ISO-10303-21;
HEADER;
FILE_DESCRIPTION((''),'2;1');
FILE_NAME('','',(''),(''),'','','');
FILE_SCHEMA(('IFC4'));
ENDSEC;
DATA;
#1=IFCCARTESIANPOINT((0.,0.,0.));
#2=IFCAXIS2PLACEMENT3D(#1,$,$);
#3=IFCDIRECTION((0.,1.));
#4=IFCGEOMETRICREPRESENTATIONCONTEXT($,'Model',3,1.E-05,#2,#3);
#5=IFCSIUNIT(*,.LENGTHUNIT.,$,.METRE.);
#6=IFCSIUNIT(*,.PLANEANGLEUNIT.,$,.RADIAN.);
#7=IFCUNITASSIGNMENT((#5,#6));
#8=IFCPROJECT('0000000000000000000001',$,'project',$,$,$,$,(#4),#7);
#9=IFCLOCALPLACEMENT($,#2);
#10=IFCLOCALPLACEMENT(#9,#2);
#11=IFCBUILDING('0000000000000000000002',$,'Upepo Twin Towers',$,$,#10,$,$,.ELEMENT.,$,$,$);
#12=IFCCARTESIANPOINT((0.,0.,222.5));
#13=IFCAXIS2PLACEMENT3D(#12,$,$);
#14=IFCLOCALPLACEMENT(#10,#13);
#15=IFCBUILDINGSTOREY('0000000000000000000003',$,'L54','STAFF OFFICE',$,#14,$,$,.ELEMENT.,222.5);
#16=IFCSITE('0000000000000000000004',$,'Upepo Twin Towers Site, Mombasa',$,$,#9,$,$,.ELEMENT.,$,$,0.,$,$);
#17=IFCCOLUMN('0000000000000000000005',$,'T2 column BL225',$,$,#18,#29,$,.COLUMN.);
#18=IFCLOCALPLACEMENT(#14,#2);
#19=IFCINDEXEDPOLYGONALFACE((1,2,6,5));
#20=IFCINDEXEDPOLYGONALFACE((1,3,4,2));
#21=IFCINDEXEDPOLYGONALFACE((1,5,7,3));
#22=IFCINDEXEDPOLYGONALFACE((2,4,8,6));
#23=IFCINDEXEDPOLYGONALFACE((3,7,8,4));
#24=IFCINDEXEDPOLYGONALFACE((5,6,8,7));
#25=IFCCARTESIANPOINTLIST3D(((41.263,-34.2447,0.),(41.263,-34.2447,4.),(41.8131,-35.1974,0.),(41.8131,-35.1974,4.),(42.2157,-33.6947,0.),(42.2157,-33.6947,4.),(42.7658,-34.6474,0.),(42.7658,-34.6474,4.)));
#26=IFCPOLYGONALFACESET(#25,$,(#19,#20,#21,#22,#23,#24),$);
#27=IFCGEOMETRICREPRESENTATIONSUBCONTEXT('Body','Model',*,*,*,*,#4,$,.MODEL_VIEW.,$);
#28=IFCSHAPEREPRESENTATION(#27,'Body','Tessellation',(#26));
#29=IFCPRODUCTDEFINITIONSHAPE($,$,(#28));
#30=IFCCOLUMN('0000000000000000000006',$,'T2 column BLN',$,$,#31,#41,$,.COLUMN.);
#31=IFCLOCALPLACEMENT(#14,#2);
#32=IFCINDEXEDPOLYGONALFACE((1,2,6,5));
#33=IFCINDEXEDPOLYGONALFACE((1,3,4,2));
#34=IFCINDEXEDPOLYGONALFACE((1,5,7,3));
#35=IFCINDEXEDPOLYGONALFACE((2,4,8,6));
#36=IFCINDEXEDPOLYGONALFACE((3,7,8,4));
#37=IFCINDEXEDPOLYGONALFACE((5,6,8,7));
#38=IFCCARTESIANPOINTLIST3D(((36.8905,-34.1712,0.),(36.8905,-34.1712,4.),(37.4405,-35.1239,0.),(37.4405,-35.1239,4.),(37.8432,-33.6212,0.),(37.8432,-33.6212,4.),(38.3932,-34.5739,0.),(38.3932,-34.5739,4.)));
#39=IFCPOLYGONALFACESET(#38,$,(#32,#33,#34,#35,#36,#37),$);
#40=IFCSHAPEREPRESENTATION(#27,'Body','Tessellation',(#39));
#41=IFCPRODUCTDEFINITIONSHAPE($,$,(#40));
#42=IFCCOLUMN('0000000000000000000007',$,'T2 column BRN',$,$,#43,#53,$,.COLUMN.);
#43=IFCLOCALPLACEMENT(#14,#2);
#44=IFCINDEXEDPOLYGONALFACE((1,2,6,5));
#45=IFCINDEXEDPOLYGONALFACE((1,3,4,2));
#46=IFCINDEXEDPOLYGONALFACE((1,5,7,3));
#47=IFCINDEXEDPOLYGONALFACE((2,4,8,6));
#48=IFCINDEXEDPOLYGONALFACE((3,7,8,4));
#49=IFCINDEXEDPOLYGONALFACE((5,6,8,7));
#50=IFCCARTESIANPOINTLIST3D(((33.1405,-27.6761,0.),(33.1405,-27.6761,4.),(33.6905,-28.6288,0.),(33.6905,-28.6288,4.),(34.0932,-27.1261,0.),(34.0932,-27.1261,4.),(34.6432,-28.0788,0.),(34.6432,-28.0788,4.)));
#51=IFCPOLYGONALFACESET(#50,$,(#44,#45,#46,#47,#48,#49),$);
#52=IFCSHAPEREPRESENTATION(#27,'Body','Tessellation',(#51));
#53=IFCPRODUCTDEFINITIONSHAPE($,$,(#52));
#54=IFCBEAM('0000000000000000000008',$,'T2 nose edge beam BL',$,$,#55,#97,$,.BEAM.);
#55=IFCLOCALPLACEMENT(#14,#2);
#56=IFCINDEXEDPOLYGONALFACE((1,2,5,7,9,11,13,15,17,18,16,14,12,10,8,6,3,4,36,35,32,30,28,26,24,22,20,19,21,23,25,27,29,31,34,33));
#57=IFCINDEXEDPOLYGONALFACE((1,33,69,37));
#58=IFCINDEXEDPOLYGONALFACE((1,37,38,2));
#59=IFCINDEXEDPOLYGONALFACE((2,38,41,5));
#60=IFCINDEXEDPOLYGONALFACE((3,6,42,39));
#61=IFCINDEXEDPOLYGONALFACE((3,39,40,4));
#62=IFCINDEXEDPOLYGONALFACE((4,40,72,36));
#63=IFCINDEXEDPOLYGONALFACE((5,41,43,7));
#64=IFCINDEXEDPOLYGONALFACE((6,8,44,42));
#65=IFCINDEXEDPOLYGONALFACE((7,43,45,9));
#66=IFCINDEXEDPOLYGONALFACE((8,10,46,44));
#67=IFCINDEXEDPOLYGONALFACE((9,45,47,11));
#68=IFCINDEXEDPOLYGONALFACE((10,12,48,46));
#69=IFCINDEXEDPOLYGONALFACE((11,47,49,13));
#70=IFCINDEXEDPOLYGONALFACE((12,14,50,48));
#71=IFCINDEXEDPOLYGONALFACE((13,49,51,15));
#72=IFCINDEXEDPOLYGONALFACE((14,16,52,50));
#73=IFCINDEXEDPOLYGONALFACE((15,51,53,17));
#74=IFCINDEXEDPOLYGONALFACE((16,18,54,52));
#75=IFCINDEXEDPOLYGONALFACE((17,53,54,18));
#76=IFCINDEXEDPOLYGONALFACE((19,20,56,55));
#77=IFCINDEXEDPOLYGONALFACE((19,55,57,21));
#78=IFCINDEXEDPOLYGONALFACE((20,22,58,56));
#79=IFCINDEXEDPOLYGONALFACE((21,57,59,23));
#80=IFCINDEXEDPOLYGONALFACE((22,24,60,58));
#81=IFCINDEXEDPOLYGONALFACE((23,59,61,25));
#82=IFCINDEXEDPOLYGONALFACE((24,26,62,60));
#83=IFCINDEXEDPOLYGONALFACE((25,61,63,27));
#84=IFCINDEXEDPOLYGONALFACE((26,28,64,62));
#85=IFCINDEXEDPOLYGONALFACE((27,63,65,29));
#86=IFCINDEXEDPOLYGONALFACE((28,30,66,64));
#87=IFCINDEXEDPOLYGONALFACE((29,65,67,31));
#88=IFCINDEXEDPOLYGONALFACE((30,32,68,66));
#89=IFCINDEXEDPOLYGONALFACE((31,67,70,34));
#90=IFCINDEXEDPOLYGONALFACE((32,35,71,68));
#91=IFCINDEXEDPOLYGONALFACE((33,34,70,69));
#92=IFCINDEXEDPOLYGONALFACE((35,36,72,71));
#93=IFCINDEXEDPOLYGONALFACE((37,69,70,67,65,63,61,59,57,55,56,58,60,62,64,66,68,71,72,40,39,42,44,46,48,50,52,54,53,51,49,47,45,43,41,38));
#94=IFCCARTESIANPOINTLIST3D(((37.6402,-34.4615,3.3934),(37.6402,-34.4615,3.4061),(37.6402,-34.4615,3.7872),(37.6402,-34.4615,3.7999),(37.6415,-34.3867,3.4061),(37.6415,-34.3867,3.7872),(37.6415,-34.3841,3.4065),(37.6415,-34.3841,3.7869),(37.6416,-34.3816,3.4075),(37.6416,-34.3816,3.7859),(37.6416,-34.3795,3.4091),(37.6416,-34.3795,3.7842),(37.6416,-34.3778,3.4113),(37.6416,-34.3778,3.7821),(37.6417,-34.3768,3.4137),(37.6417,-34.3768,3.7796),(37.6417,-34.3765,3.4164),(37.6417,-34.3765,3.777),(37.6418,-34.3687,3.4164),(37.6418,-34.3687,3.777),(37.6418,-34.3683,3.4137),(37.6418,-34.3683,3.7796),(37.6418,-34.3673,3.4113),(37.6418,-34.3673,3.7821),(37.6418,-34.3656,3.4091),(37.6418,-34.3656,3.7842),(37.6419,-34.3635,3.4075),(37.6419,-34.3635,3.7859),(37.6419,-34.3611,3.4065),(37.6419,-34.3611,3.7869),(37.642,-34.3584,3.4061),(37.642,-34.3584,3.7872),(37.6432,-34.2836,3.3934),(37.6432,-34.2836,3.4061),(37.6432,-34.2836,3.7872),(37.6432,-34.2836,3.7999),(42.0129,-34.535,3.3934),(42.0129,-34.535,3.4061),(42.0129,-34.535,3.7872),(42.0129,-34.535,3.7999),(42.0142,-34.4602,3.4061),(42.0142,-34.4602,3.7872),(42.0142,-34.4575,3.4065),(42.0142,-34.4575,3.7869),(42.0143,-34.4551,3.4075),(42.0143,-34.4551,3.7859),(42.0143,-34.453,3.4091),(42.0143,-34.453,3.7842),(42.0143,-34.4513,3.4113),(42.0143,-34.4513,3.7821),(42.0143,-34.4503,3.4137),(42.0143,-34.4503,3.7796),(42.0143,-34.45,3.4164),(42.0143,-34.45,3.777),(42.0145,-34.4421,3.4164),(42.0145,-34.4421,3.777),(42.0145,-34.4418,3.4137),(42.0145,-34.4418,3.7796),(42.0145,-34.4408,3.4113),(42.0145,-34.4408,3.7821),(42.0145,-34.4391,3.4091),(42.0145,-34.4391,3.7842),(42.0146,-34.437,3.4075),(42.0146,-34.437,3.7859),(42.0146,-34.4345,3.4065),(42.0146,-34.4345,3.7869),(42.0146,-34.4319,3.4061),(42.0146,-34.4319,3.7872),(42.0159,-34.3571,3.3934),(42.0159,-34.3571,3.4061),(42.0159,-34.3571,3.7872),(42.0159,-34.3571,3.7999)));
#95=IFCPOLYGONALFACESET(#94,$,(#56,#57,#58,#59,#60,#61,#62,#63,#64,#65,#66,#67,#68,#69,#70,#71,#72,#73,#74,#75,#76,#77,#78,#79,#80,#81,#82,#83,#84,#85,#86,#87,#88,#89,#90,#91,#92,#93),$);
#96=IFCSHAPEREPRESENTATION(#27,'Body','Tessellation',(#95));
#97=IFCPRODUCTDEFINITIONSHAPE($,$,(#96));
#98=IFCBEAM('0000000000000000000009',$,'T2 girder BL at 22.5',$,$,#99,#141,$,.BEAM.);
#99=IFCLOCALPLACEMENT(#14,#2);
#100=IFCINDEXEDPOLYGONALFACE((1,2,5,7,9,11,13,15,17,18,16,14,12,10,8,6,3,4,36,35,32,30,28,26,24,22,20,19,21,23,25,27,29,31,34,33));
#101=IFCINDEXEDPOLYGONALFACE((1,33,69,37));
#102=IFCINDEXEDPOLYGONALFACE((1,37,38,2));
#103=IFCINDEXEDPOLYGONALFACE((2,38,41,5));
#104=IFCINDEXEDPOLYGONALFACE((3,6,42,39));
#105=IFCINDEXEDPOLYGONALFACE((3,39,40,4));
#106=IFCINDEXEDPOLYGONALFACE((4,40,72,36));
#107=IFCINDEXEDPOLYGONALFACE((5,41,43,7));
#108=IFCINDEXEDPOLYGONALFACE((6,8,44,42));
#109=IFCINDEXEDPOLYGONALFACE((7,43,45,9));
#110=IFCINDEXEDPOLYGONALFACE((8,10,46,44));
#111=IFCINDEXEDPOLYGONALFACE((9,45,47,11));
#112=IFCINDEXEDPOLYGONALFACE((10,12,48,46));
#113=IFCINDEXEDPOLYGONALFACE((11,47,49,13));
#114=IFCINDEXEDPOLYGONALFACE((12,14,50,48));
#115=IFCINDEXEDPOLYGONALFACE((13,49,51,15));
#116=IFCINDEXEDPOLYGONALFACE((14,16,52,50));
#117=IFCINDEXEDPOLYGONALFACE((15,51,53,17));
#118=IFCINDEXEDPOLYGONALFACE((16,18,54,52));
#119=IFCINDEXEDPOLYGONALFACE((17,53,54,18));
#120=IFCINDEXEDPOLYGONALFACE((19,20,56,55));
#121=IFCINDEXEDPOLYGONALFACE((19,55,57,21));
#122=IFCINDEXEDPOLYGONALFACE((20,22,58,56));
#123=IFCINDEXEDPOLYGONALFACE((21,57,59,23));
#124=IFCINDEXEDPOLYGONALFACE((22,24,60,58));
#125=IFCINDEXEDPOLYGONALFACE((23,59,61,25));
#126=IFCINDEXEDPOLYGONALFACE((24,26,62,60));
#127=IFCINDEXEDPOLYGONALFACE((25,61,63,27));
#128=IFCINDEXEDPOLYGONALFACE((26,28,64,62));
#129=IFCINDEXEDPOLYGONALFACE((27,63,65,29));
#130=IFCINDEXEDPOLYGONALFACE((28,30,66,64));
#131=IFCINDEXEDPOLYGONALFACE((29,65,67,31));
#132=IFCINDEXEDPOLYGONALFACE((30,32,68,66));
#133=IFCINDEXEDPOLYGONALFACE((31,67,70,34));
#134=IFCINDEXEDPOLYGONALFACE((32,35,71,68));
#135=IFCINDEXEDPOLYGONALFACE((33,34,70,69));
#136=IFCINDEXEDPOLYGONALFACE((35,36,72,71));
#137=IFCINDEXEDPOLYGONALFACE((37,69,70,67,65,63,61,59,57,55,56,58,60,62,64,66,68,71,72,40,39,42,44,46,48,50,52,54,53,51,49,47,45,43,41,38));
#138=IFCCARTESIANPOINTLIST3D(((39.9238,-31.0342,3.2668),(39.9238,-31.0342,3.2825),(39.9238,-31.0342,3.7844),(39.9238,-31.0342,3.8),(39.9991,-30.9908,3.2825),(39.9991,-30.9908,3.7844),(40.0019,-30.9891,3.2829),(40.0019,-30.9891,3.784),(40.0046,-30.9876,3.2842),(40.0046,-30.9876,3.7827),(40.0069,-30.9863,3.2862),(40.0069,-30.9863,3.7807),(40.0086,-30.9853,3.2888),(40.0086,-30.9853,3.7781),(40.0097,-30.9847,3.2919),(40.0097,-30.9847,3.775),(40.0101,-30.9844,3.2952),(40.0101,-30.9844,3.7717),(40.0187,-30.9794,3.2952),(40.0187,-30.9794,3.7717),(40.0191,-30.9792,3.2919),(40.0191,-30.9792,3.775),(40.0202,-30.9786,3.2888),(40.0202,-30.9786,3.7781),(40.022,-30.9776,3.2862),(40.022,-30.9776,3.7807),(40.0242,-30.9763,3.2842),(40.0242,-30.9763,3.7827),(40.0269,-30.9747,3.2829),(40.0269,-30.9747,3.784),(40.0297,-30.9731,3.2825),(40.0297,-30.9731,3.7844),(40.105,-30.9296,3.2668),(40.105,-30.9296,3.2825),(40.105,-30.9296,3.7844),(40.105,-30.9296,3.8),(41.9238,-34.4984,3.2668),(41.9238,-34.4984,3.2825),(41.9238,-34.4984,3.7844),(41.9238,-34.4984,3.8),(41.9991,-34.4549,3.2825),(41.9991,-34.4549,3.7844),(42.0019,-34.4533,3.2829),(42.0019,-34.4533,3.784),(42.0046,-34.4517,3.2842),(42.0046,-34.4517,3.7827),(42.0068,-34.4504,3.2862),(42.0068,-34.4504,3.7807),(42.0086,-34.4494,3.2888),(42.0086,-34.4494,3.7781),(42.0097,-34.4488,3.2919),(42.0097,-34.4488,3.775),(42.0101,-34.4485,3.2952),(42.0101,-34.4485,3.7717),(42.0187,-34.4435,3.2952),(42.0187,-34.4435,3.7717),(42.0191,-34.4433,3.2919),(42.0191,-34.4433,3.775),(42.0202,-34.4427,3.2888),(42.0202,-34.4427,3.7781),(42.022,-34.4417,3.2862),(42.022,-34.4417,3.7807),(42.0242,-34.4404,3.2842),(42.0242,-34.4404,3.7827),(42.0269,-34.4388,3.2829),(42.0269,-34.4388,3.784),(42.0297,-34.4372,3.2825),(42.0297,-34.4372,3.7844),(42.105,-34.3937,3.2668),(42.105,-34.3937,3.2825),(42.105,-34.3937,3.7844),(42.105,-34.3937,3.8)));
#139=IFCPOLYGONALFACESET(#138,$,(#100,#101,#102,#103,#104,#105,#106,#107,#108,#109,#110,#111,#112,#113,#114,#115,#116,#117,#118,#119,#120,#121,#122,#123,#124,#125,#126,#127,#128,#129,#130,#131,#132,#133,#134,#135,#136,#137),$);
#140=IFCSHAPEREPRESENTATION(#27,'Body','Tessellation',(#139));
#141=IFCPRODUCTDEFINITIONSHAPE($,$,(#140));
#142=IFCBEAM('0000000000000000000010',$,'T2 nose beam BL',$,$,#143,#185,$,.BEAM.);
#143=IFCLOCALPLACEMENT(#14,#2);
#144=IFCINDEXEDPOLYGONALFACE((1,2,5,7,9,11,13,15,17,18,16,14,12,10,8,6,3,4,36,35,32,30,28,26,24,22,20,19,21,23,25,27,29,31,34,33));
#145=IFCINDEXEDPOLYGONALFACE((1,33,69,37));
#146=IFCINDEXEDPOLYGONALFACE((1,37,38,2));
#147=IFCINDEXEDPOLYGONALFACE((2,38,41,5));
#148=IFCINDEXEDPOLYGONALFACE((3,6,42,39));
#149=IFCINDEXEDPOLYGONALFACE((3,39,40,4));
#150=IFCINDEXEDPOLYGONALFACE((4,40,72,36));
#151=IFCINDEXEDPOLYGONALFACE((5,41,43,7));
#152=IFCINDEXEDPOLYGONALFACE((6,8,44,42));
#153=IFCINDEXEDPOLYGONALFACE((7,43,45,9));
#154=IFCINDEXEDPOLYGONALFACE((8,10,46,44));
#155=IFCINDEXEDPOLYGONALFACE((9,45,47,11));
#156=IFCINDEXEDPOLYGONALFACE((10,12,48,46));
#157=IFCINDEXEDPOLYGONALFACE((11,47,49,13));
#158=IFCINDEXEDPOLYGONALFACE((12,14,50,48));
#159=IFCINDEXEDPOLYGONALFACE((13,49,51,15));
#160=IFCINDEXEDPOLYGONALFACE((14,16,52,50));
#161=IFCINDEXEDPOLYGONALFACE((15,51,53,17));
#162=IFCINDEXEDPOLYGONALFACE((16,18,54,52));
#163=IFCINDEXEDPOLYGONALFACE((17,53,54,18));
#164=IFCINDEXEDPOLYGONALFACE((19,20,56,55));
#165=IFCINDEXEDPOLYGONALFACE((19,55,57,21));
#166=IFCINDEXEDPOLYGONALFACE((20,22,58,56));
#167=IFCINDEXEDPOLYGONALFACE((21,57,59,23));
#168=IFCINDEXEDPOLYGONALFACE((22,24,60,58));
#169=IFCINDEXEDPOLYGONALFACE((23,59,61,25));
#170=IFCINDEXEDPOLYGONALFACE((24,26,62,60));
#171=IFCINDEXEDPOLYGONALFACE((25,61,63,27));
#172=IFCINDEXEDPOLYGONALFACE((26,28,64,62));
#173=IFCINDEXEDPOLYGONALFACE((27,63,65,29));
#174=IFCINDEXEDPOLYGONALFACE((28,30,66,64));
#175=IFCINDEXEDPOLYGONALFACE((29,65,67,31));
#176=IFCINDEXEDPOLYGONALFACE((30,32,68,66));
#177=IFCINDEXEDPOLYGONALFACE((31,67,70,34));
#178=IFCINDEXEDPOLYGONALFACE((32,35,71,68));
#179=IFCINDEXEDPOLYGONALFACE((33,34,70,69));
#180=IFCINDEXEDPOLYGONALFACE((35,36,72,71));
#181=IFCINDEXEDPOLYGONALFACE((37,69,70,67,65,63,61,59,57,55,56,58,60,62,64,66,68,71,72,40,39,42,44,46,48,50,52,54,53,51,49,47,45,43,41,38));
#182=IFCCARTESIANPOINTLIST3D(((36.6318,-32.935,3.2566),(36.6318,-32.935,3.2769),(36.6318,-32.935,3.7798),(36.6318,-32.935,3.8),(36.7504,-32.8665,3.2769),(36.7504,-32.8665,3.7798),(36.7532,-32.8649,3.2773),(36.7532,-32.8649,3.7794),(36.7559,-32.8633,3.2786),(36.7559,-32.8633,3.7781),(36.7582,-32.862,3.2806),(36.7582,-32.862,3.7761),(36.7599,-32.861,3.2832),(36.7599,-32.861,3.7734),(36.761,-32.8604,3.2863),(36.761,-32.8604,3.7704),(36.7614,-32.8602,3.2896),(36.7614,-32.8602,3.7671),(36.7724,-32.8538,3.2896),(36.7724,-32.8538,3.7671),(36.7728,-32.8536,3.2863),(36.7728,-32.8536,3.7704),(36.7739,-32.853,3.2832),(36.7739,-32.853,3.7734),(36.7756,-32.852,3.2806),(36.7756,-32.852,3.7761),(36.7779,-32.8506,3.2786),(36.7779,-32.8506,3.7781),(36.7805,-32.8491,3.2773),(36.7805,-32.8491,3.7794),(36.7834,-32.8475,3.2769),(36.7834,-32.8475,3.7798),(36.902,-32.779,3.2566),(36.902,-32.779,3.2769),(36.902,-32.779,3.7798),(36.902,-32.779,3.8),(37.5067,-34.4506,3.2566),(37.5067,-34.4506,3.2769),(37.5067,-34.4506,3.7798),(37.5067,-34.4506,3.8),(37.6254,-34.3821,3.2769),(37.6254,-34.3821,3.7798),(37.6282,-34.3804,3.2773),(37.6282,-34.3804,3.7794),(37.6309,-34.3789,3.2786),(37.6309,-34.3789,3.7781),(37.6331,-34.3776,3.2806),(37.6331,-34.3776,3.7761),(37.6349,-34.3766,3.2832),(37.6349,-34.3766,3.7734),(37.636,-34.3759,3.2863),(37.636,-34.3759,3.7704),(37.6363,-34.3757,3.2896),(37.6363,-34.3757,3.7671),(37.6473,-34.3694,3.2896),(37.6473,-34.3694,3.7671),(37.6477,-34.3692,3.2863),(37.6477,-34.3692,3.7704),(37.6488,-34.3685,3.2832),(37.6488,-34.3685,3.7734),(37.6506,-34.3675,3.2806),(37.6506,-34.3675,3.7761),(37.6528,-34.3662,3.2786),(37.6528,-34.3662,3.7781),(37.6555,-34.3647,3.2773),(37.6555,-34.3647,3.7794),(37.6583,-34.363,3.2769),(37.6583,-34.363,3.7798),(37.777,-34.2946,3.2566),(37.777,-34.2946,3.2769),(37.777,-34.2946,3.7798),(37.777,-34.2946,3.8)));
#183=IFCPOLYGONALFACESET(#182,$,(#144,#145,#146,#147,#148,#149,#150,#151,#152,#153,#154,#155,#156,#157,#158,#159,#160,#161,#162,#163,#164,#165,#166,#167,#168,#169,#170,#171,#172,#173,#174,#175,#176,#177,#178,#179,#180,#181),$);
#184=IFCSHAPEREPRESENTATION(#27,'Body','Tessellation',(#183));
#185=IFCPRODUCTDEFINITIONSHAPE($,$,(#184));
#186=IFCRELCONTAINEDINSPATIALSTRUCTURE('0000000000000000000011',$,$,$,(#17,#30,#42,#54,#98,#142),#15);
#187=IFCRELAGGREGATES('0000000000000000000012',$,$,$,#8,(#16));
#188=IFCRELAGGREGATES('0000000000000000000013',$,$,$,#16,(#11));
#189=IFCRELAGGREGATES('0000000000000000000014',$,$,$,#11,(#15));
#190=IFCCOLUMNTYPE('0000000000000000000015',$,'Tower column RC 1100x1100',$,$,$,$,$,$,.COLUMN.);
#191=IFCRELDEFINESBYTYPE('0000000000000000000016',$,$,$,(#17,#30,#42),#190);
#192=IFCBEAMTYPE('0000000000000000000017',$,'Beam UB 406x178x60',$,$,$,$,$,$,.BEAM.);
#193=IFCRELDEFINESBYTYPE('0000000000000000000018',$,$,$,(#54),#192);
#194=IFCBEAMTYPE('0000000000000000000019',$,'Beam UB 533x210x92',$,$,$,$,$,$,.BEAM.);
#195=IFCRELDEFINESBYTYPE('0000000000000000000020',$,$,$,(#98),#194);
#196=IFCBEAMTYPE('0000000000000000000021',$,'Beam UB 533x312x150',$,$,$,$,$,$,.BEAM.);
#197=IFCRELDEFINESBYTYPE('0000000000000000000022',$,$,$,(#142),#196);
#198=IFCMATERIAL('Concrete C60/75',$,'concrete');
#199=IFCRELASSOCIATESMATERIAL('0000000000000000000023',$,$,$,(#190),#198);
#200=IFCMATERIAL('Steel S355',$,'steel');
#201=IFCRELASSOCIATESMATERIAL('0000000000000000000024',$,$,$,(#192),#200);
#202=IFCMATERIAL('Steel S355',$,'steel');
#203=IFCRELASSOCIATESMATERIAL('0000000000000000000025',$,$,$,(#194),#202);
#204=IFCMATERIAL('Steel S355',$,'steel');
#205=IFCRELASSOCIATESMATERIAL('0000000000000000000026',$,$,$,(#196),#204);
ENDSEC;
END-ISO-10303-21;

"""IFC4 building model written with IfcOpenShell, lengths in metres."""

from ifc_helpers import new_model, si_unit, direction, frame, origin, origin_2d, place, context, subcontext, project, spatial, rectangle, i_section, extrude, material, material_profile, profile_set, type_object, element, save


model = new_model("IFC4")

# Units and contexts
model_context = context("Model", 3, precision=1e-05, world=origin(), true_north=direction((0.0, 1.0)))
body_context = subcontext(model_context, "Body", "Model", "MODEL_VIEW")
ifc_project = project(units=[si_unit("LENGTHUNIT", "METRE"), si_unit("PLANEANGLEUNIT", "RADIAN")], contexts=[model_context])

# Site, building, storey
site_placement = place(None, origin())
site = spatial("IfcSite", under=ifc_project, at=site_placement, Name="Upepo Twin Towers Site, Mombasa", CompositionType="ELEMENT", RefElevation=0.0)
building_placement = place(site_placement, origin())
building = spatial("IfcBuilding", under=site, at=building_placement, Name="Upepo Twin Towers", CompositionType="ELEMENT")
storey_placement = place(building_placement, frame((0.0, 0.0, 222.5)))
storey = spatial("IfcBuildingStorey", under=building, at=storey_placement, Name="L54", Description="STAFF OFFICE", CompositionType="ELEMENT", Elevation=222.5)

# Columns
ifc_material_1 = material(Name="Concrete C60/75", Category="concrete")
ifc_material_profile_1 = material_profile(ifc_material_1, rectangle(XDim=1.1001, YDim=1.1001, at=origin_2d()), Name="RC 1100x1100")
ifc_profile_set_1 = profile_set([ifc_material_profile_1], Name="Concrete C60/75")
column_type = type_object("IfcColumnType", Name="Tower column RC 1100x1100", PredefinedType="COLUMN", material=ifc_profile_set_1)
for number, where, z_axis, x_axis, name in (
    (1, (42.0144, -34.446, 0.0), (0.0, 0.0, 1.0), (0.866025, 0.5, 0.0), "T2 column BL225"),
    (2, (37.6418, -34.3726, 0.0), (0.0, 0.0, 1.0), (0.866025, 0.5, 0.0), "T2 column BLN"),
    (3, (33.8918, -27.8774, 0.0), (0.0, 0.0, 1.0), (0.866025, 0.5, 0.0), "T2 column BRN"),
):
    element("IfcColumn", number, at=place(storey_placement, frame(where, z_axis=z_axis, x_axis=x_axis)), inside=storey, type_object=column_type, Name=name, PredefinedType="COLUMN", context=body_context, shape_type="SweptSolid", body=[
        extrude(rectangle(XDim=1.1001, YDim=1.1001, at=origin_2d()), origin(), (0.0, 0.0, 1.0), 4.0),
    ])

# Beams
ifc_material_2 = material(Name="Steel S355", Category="steel")
ifc_material_profile_2 = material_profile(ifc_material_2, i_section(OverallWidth=0.178, OverallDepth=0.4065, WebThickness=0.0078, FlangeThickness=0.0127, FilletRadius=0.0103, at=origin_2d()), Name="UB 406x178x60")
ifc_profile_set_2 = profile_set([ifc_material_profile_2], Name="Steel S355")
beam_type_1 = type_object("IfcBeamType", Name="Beam UB 406x178x60", PredefinedType="BEAM", material=ifc_profile_set_2)
beam_1_placement = place(storey_placement, frame((42.0144, -34.446, 3.5967), z_axis=(-0.999859, 0.016804, 0.0), x_axis=(-0.016804, -0.999859, 0.0)))
element("IfcBeam", 4, at=beam_1_placement, inside=storey, type_object=beam_type_1, Name="T2 nose edge beam BL", PredefinedType="BEAM", context=body_context, shape_type="SweptSolid", body=[
    extrude(i_section(OverallWidth=0.178, OverallDepth=0.4065, WebThickness=0.0078, FlangeThickness=0.0127, FilletRadius=0.0103, at=origin_2d()), origin(), (0.0, 0.0, 1.0), 4.3733),
])
ifc_material_3 = material(Name="Steel S355", Category="steel")
ifc_material_profile_3 = material_profile(ifc_material_3, i_section(OverallWidth=0.2092, OverallDepth=0.5332, WebThickness=0.01, FlangeThickness=0.0156, FilletRadius=0.0127, at=origin_2d()), Name="UB 533x210x92")
ifc_profile_set_3 = profile_set([ifc_material_profile_3], Name="Steel S355")
beam_type_2 = type_object("IfcBeamType", Name="Beam UB 533x210x92", PredefinedType="BEAM", material=ifc_profile_set_3)
beam_2_placement = place(storey_placement, frame((42.0144, -34.446, 3.5334), z_axis=(-0.499999, 0.866026, 0.0), x_axis=(-0.866026, -0.499999, 0.0)))
element("IfcBeam", 5, at=beam_2_placement, inside=storey, type_object=beam_type_2, Name="T2 girder BL at 22.5", PredefinedType="BEAM", context=body_context, shape_type="SweptSolid", body=[
    extrude(i_section(OverallWidth=0.2092, OverallDepth=0.5332, WebThickness=0.01, FlangeThickness=0.0156, FilletRadius=0.0127, at=origin_2d()), origin(), (0.0, 0.0, 1.0), 4.0),
])
ifc_material_4 = material(Name="Steel S355", Category="steel")
ifc_material_profile_4 = material_profile(ifc_material_4, i_section(OverallWidth=0.312, OverallDepth=0.5435, WebThickness=0.0127, FlangeThickness=0.0203, FilletRadius=0.0127, at=origin_2d()), Name="UB 533x312x150")
ifc_profile_set_4 = profile_set([ifc_material_profile_4], Name="Steel S355")
beam_type_3 = type_object("IfcBeamType", Name="Beam UB 533x312x150", PredefinedType="BEAM", material=ifc_profile_set_4)
for number, where, z_axis, x_axis, name in (
    (6, (37.6418, -34.3726, 3.5283), (-0.49998, 0.866037, 0.0), (-0.866037, -0.49998, 0.0), "T2 nose beam BL"),
):
    element("IfcBeam", number, at=place(storey_placement, frame(where, z_axis=z_axis, x_axis=x_axis)), inside=storey, type_object=beam_type_3, Name=name, PredefinedType="BEAM", context=body_context, shape_type="SweptSolid", body=[
        extrude(i_section(OverallWidth=0.312, OverallDepth=0.5435, WebThickness=0.0127, FlangeThickness=0.0203, FilletRadius=0.0127, at=origin_2d()), origin(), (0.0, 0.0, 1.0), 1.75),
    ])

save(model, "model.ifc")
